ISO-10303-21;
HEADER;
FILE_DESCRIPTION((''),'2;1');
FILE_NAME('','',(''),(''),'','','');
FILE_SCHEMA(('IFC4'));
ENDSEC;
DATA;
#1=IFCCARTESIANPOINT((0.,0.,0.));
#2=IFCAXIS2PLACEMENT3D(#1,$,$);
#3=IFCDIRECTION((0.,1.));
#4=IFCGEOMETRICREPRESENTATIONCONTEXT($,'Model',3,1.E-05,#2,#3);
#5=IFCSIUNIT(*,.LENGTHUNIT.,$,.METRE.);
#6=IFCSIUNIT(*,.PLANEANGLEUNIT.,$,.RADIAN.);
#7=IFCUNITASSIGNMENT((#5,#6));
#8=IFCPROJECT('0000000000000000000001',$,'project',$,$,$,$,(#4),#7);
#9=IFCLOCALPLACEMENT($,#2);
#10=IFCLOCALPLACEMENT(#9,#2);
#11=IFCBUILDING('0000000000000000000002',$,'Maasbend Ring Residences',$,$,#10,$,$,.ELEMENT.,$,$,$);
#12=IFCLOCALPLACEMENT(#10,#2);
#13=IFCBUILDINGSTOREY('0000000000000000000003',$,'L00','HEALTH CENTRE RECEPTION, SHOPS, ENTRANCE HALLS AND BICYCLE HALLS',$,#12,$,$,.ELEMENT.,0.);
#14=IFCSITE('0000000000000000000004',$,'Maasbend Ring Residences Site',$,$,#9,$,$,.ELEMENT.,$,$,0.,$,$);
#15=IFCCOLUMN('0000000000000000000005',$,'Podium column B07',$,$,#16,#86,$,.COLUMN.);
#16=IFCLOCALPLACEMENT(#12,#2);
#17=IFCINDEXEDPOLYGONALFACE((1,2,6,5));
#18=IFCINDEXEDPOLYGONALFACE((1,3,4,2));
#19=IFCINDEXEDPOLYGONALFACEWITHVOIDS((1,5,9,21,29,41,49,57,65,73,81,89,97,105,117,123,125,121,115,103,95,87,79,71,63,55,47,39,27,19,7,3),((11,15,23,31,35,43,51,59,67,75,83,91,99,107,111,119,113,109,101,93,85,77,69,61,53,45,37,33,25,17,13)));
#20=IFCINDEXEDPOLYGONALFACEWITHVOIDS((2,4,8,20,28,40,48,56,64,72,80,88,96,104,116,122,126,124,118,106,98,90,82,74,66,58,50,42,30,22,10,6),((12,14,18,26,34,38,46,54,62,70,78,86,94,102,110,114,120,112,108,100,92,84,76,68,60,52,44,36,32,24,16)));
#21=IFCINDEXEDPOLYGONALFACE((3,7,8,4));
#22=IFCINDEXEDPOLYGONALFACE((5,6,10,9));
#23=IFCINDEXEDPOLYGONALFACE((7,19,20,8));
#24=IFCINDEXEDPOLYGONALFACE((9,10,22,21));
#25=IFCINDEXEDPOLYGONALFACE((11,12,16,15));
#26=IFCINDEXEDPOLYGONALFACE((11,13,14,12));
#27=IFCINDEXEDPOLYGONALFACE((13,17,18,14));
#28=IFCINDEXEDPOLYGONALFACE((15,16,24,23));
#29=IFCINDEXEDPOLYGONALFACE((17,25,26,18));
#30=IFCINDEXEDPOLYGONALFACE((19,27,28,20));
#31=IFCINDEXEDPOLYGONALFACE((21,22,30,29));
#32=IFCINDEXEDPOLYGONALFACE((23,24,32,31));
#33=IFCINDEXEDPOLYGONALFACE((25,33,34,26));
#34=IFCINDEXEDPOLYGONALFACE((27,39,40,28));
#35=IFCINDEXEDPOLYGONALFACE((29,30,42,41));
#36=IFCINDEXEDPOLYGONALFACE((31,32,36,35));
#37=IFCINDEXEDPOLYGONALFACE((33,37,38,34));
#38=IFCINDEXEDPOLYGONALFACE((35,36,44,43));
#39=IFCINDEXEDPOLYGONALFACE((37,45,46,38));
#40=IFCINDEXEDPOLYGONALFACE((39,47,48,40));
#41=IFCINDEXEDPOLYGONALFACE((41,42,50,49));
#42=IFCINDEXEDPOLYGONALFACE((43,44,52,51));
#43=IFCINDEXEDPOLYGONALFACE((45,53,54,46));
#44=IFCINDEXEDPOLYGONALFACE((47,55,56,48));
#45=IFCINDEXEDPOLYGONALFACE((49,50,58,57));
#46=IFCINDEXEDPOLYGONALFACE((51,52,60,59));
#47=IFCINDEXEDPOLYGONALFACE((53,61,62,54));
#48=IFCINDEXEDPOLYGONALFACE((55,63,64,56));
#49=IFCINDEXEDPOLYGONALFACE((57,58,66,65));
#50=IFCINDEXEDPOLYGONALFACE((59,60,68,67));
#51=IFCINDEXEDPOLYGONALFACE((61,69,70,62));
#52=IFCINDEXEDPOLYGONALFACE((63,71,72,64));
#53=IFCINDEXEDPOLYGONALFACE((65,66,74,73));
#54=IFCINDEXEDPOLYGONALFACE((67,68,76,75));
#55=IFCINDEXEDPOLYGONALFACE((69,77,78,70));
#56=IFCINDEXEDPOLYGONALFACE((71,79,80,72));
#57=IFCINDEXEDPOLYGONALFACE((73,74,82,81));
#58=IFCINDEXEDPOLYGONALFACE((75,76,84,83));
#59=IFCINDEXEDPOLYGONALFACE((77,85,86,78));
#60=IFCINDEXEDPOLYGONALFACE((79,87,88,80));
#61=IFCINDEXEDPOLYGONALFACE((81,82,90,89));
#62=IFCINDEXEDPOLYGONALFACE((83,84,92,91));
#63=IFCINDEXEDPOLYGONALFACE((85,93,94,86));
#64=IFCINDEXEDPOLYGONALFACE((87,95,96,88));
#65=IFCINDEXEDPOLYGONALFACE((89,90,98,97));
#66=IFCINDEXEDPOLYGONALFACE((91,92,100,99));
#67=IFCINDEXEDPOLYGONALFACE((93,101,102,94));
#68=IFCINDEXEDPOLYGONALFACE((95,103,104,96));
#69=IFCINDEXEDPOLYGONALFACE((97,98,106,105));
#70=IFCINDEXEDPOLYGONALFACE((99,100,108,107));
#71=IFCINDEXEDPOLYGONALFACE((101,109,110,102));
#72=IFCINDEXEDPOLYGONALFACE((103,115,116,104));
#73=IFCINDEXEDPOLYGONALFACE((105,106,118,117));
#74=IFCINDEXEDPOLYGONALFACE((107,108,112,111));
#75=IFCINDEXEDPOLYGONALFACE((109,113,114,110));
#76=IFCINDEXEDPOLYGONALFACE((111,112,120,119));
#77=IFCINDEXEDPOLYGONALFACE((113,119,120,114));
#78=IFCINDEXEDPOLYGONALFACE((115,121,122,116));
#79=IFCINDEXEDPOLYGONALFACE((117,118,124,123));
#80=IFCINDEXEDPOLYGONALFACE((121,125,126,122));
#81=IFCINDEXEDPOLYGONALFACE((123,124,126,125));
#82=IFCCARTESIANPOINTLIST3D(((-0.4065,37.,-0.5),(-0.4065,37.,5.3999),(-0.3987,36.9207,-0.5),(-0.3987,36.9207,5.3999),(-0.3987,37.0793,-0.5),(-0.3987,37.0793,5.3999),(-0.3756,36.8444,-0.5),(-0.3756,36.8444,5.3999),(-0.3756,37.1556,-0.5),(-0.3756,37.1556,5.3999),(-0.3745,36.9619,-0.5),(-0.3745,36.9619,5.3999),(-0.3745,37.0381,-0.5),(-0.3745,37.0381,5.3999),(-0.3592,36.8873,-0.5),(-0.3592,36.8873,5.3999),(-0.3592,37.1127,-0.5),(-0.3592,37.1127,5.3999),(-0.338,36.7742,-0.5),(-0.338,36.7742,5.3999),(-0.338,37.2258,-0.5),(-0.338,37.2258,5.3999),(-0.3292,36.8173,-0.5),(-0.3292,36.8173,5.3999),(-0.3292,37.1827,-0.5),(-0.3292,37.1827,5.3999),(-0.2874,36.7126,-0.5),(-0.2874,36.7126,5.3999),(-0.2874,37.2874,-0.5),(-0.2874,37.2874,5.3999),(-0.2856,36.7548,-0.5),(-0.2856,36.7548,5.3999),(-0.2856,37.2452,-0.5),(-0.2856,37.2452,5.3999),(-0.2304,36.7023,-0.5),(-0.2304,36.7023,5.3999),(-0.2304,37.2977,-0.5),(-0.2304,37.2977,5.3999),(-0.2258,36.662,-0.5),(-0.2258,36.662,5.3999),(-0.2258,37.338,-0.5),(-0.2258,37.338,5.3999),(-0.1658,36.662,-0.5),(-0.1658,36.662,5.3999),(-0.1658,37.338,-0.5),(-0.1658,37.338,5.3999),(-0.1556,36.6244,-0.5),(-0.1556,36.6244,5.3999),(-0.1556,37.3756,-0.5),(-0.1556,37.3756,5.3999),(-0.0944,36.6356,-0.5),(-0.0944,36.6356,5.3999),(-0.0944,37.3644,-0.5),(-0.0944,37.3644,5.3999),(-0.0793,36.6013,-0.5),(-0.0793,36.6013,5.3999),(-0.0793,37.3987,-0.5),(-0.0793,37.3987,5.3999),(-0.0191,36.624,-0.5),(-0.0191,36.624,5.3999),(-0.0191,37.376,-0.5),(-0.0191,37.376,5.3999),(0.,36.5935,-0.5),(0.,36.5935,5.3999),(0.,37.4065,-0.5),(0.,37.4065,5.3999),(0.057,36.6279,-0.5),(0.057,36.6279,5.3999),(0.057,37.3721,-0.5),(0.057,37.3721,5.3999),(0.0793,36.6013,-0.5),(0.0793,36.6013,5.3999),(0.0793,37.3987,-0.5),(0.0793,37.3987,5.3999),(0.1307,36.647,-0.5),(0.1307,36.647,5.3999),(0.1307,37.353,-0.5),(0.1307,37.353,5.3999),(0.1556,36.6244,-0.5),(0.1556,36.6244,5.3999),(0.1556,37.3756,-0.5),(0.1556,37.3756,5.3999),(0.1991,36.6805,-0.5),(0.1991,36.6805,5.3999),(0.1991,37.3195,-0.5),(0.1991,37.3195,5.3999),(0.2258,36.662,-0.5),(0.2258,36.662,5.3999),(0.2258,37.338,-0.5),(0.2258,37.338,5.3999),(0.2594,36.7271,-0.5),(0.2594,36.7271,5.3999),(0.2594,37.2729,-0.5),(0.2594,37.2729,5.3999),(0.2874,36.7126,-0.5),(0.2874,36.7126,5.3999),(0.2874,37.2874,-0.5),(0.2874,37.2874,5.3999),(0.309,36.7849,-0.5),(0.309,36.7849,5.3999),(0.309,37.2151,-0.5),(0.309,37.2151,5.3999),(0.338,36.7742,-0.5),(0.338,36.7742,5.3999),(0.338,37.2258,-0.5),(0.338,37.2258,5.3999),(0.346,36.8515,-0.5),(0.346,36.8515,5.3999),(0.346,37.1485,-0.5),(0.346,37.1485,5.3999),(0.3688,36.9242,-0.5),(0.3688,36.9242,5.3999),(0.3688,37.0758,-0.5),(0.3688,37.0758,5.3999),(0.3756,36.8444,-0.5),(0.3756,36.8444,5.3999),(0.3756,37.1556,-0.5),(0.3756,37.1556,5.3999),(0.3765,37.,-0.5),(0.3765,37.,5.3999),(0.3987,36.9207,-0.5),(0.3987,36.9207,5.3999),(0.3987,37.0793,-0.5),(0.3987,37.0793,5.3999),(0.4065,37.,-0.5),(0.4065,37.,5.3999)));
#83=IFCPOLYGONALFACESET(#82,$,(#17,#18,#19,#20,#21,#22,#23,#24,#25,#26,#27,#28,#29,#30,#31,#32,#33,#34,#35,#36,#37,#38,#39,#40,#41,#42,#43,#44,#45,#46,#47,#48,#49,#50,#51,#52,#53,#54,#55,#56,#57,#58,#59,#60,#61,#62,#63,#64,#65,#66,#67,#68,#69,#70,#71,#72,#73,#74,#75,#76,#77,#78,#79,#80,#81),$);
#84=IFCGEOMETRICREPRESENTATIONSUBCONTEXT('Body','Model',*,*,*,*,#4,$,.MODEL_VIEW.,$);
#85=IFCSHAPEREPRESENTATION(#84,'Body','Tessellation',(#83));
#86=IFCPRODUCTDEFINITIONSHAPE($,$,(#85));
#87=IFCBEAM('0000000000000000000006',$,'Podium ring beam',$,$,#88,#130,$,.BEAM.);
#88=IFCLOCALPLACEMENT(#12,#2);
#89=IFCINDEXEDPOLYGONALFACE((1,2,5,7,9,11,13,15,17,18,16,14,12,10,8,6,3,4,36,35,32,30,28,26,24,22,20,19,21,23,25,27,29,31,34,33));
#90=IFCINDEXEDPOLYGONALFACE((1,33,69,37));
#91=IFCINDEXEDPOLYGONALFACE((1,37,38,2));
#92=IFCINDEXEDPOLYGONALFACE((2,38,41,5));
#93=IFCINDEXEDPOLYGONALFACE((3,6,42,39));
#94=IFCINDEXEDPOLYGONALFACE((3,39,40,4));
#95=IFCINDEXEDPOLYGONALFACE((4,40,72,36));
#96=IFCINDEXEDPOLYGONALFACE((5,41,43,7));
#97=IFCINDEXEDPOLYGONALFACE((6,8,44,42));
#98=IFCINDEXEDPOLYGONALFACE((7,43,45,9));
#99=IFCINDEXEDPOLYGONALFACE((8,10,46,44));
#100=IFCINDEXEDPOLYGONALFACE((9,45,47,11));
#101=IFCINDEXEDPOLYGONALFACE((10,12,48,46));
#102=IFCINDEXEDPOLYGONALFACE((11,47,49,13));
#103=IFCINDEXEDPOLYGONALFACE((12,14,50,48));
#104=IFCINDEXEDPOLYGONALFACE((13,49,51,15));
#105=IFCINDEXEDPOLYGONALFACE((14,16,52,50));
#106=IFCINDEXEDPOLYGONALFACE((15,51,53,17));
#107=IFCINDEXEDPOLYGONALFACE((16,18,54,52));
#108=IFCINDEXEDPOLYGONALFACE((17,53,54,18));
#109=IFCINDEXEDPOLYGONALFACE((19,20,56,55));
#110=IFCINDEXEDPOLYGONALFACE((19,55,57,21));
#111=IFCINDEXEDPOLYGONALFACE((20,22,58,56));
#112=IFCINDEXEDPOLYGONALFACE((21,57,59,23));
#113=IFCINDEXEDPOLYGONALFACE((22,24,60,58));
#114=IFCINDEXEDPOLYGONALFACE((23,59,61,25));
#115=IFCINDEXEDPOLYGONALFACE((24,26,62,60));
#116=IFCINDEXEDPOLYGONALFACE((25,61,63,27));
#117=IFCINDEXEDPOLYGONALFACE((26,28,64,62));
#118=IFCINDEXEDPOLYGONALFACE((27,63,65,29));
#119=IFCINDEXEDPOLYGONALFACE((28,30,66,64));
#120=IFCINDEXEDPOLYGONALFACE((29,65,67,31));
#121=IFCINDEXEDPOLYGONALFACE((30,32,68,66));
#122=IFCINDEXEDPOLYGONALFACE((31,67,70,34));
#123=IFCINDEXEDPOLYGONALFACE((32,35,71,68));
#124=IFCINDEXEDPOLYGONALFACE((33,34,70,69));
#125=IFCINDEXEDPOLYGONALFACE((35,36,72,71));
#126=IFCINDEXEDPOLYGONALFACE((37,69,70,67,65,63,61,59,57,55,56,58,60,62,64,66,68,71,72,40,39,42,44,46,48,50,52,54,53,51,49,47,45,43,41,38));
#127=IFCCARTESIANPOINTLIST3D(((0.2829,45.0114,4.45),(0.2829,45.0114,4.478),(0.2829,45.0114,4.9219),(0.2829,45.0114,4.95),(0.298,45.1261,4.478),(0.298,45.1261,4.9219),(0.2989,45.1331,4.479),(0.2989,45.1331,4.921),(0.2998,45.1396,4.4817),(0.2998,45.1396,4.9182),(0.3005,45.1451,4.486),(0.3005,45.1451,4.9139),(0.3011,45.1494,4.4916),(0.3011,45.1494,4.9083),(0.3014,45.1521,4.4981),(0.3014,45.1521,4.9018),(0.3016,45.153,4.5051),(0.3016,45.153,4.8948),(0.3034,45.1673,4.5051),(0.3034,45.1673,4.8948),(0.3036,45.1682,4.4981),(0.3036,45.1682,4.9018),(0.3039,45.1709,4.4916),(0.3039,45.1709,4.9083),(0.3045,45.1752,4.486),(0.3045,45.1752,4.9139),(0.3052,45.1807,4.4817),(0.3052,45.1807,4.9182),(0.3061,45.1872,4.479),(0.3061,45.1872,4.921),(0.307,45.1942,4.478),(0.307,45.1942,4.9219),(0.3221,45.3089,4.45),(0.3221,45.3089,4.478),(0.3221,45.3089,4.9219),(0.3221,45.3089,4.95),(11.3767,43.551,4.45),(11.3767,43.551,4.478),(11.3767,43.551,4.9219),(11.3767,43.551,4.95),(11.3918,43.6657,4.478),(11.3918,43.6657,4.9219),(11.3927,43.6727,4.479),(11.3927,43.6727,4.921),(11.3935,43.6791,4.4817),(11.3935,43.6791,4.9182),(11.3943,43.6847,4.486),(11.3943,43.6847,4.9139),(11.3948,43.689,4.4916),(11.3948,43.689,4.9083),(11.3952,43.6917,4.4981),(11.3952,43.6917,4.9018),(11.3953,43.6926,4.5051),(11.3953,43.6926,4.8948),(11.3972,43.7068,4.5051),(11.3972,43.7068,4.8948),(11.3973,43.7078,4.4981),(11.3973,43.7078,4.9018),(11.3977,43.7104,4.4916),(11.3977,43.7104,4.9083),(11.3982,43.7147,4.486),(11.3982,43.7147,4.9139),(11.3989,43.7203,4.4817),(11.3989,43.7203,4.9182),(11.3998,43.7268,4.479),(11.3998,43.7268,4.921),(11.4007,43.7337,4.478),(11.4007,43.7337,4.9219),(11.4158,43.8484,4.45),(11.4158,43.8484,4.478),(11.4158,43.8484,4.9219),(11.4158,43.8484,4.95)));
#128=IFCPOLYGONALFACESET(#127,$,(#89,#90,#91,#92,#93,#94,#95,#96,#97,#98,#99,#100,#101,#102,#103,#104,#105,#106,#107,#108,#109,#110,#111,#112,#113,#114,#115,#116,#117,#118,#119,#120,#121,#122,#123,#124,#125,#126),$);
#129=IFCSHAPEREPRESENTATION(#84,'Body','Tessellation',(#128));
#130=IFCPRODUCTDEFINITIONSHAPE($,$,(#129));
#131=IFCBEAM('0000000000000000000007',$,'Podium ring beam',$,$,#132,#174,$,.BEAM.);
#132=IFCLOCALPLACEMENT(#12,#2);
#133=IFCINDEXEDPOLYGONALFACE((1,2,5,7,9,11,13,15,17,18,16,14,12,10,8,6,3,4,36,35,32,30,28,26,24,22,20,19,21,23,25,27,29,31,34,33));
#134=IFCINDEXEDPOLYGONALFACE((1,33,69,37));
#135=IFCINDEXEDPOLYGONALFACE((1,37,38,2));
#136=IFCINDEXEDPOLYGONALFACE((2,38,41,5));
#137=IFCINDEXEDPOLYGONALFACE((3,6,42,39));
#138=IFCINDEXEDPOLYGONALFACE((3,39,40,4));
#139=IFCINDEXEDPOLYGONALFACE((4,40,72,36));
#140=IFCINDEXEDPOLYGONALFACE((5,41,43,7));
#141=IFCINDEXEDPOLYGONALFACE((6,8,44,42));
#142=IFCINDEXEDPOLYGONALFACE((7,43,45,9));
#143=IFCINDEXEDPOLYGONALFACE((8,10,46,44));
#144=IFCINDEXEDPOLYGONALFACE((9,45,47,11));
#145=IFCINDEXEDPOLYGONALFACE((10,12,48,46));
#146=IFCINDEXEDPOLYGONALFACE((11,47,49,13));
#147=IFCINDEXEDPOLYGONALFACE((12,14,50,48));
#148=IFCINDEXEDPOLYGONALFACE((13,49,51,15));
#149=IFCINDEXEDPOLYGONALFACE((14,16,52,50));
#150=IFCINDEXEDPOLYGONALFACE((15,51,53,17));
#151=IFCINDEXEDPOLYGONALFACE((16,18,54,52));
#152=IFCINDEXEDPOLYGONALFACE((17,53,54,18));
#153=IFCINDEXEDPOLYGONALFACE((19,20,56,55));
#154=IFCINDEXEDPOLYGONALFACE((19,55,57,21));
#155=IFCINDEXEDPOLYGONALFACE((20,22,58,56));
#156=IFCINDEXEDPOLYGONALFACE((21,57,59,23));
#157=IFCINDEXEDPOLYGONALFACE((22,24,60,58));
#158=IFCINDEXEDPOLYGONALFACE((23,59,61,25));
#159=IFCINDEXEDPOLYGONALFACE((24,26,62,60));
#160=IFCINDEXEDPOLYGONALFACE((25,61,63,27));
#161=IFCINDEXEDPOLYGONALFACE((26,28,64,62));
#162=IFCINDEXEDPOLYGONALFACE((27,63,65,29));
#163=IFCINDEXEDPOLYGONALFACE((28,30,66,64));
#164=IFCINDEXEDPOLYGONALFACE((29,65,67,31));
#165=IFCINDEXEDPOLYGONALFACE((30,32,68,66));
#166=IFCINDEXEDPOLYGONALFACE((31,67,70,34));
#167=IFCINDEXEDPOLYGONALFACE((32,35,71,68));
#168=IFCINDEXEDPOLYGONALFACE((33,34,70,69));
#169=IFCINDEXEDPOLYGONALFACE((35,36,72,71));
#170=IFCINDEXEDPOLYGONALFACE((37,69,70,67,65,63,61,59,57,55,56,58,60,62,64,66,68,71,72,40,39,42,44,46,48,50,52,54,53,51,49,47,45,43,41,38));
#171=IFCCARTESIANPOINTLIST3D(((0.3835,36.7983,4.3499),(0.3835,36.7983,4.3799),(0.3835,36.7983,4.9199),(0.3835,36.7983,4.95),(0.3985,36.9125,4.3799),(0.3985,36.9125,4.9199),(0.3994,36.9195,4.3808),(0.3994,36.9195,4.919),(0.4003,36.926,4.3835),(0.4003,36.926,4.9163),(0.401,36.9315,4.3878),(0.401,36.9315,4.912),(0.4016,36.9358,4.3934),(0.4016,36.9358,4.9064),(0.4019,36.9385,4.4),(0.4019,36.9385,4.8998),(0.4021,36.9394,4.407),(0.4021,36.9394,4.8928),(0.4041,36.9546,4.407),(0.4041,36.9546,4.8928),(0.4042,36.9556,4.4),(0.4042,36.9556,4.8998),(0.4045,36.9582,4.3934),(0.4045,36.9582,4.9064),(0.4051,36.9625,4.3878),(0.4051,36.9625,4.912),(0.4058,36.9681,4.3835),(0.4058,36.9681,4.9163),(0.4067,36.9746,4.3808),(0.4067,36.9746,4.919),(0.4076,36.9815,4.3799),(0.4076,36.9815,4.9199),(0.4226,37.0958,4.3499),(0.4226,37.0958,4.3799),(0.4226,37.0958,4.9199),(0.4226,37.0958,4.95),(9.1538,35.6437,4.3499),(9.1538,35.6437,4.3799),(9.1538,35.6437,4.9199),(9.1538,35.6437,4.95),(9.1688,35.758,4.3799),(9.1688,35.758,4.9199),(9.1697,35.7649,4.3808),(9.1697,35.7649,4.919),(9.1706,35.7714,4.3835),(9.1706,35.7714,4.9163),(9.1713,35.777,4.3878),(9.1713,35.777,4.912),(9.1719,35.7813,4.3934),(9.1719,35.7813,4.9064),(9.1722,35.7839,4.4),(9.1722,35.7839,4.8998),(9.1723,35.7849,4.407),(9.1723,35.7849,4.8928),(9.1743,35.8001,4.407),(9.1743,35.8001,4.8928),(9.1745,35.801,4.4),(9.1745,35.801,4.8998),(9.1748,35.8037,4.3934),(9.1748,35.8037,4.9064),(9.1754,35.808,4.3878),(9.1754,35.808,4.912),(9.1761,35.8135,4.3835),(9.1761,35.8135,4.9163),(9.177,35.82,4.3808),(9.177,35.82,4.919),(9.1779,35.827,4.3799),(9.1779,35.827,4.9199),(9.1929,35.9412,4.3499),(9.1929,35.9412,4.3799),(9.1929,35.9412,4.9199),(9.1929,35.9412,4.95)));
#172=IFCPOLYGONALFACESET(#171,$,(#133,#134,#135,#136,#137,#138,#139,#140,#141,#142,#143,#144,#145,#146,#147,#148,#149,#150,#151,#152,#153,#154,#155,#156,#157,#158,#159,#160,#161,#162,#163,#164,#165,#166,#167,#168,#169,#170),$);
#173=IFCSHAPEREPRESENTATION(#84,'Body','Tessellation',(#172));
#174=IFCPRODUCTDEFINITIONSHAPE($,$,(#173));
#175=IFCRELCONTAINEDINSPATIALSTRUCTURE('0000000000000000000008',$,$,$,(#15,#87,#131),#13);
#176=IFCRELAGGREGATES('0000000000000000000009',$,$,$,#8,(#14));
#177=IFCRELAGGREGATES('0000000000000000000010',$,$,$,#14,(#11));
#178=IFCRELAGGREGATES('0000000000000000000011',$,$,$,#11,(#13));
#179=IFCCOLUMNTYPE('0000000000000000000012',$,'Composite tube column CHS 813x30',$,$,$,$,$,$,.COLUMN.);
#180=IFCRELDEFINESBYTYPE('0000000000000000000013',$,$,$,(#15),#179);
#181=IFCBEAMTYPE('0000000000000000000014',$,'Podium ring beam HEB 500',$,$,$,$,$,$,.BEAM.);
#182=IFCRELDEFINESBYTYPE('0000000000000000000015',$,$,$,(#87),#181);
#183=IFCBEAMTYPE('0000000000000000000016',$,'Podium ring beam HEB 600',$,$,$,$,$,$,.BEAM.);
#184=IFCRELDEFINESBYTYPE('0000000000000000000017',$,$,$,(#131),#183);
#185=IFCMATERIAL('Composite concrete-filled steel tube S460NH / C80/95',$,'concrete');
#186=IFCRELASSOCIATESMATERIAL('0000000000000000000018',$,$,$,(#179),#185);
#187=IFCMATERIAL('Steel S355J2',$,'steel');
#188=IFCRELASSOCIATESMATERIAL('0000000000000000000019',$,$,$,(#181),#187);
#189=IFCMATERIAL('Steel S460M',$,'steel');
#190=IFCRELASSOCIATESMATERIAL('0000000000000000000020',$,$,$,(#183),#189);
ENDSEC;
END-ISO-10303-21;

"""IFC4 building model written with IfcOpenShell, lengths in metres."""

from ifc_helpers import new_model, si_unit, direction, frame, origin, origin_2d, place, context, subcontext, project, spatial, hollow_circle, i_section, extrude, material, material_profile, profile_set, type_object, element, save


model = new_model("IFC4")

# Units and contexts
model_context = context("Model", 3, precision=1e-05, world=origin(), true_north=direction((0.0, 1.0)))
body_context = subcontext(model_context, "Body", "Model", "MODEL_VIEW")
ifc_project = project(units=[si_unit("LENGTHUNIT", "METRE"), si_unit("PLANEANGLEUNIT", "RADIAN")], contexts=[model_context])

# Site, building, storey
site_placement = place(None, origin())
site = spatial("IfcSite", under=ifc_project, at=site_placement, Name="Maasbend Ring Residences Site", CompositionType="ELEMENT", RefElevation=0.0)
building_placement = place(site_placement, origin())
building = spatial("IfcBuilding", under=site, at=building_placement, Name="Maasbend Ring Residences", CompositionType="ELEMENT")
storey_placement = place(building_placement, origin())
storey = spatial("IfcBuildingStorey", under=building, at=storey_placement, Name="L00", Description="HEALTH CENTRE RECEPTION, SHOPS, ENTRANCE HALLS AND BICYCLE HALLS", CompositionType="ELEMENT", Elevation=0.0)

# Column
ifc_material_1 = material(Name="Composite concrete-filled steel tube S460NH / C80/95", Category="concrete")
ifc_material_profile_1 = material_profile(ifc_material_1, hollow_circle(Radius=0.4065, WallThickness=0.03, at=origin_2d()), Name="Composite tube column CHS 813x30")
ifc_profile_set_1 = profile_set([ifc_material_profile_1], Name="Composite concrete-filled steel tube S460NH / C80/95")
column_type_1 = type_object("IfcColumnType", Name="Composite tube column CHS 813x30", PredefinedType="COLUMN", material=ifc_profile_set_1)
for number, where, z_axis, x_axis, name in (
    (1, (0.0, 37.0, -0.5), (0.0, 0.0, 1.0), (1.0, 0.0, 0.0), "Podium column B07"),
):
    element("IfcColumn", number, at=place(storey_placement, frame(where, z_axis=z_axis, x_axis=x_axis)), inside=storey, type_object=column_type_1, Name=name, PredefinedType="COLUMN", context=body_context, shape_type="SweptSolid", body=[
        extrude(hollow_circle(Radius=0.4065, WallThickness=0.03, at=origin_2d()), origin(), (0.0, 0.0, 1.0), 5.8999),
    ])

# Beams
ifc_material_2 = material(Name="Steel S355J2", Category="steel")
ifc_material_profile_2 = material_profile(ifc_material_2, i_section(OverallWidth=0.3, OverallDepth=0.5, WebThickness=0.0144, FlangeThickness=0.0281, FilletRadius=0.0271, at=origin_2d()), Name="HEB 500")
ifc_profile_set_2 = profile_set([ifc_material_profile_2], Name="Steel S355J2")
beam_type_1 = type_object("IfcBeamType", Name="Podium ring beam HEB 500", PredefinedType="BEAM", material=ifc_profile_set_2)
beam_1_placement = place(storey_placement, frame((11.3962, 43.6997, 4.7), z_axis=(-0.991446, 0.13052, 0.0), x_axis=(-0.13052, -0.991446, 0.0)))
element("IfcBeam", 2, at=beam_1_placement, inside=storey, type_object=beam_type_1, Name="Podium ring beam", PredefinedType="BEAM", context=body_context, shape_type="SweptSolid", body=[
    extrude(i_section(OverallWidth=0.3, OverallDepth=0.5, WebThickness=0.0144, FlangeThickness=0.0281, FilletRadius=0.0271, at=origin_2d()), origin(), (0.0, 0.0, 1.0), 11.1895),
])
ifc_material_3 = material(Name="Steel S460M", Category="steel")
ifc_material_profile_3 = material_profile(ifc_material_3, i_section(OverallWidth=0.3, OverallDepth=0.6001, WebThickness=0.0154, FlangeThickness=0.03, FilletRadius=0.0271, at=origin_2d()), Name="HEB 600")
ifc_profile_set_3 = profile_set([ifc_material_profile_3], Name="Steel S460M")
beam_type_2 = type_object("IfcBeamType", Name="Podium ring beam HEB 600", PredefinedType="BEAM", material=ifc_profile_set_3)
beam_2_placement = place(storey_placement, frame((9.1733, 35.7925, 4.6499), z_axis=(-0.991446, 0.130517, 0.0), x_axis=(-0.130517, -0.991446, 0.0)))
element("IfcBeam", 3, at=beam_2_placement, inside=storey, type_object=beam_type_2, Name="Podium ring beam", PredefinedType="BEAM", context=body_context, shape_type="SweptSolid", body=[
    extrude(i_section(OverallWidth=0.3, OverallDepth=0.6001, WebThickness=0.0154, FlangeThickness=0.03, FilletRadius=0.0271, at=origin_2d()), origin(), (0.0, 0.0, 1.0), 8.8459),
])

save(model, "model.ifc")
